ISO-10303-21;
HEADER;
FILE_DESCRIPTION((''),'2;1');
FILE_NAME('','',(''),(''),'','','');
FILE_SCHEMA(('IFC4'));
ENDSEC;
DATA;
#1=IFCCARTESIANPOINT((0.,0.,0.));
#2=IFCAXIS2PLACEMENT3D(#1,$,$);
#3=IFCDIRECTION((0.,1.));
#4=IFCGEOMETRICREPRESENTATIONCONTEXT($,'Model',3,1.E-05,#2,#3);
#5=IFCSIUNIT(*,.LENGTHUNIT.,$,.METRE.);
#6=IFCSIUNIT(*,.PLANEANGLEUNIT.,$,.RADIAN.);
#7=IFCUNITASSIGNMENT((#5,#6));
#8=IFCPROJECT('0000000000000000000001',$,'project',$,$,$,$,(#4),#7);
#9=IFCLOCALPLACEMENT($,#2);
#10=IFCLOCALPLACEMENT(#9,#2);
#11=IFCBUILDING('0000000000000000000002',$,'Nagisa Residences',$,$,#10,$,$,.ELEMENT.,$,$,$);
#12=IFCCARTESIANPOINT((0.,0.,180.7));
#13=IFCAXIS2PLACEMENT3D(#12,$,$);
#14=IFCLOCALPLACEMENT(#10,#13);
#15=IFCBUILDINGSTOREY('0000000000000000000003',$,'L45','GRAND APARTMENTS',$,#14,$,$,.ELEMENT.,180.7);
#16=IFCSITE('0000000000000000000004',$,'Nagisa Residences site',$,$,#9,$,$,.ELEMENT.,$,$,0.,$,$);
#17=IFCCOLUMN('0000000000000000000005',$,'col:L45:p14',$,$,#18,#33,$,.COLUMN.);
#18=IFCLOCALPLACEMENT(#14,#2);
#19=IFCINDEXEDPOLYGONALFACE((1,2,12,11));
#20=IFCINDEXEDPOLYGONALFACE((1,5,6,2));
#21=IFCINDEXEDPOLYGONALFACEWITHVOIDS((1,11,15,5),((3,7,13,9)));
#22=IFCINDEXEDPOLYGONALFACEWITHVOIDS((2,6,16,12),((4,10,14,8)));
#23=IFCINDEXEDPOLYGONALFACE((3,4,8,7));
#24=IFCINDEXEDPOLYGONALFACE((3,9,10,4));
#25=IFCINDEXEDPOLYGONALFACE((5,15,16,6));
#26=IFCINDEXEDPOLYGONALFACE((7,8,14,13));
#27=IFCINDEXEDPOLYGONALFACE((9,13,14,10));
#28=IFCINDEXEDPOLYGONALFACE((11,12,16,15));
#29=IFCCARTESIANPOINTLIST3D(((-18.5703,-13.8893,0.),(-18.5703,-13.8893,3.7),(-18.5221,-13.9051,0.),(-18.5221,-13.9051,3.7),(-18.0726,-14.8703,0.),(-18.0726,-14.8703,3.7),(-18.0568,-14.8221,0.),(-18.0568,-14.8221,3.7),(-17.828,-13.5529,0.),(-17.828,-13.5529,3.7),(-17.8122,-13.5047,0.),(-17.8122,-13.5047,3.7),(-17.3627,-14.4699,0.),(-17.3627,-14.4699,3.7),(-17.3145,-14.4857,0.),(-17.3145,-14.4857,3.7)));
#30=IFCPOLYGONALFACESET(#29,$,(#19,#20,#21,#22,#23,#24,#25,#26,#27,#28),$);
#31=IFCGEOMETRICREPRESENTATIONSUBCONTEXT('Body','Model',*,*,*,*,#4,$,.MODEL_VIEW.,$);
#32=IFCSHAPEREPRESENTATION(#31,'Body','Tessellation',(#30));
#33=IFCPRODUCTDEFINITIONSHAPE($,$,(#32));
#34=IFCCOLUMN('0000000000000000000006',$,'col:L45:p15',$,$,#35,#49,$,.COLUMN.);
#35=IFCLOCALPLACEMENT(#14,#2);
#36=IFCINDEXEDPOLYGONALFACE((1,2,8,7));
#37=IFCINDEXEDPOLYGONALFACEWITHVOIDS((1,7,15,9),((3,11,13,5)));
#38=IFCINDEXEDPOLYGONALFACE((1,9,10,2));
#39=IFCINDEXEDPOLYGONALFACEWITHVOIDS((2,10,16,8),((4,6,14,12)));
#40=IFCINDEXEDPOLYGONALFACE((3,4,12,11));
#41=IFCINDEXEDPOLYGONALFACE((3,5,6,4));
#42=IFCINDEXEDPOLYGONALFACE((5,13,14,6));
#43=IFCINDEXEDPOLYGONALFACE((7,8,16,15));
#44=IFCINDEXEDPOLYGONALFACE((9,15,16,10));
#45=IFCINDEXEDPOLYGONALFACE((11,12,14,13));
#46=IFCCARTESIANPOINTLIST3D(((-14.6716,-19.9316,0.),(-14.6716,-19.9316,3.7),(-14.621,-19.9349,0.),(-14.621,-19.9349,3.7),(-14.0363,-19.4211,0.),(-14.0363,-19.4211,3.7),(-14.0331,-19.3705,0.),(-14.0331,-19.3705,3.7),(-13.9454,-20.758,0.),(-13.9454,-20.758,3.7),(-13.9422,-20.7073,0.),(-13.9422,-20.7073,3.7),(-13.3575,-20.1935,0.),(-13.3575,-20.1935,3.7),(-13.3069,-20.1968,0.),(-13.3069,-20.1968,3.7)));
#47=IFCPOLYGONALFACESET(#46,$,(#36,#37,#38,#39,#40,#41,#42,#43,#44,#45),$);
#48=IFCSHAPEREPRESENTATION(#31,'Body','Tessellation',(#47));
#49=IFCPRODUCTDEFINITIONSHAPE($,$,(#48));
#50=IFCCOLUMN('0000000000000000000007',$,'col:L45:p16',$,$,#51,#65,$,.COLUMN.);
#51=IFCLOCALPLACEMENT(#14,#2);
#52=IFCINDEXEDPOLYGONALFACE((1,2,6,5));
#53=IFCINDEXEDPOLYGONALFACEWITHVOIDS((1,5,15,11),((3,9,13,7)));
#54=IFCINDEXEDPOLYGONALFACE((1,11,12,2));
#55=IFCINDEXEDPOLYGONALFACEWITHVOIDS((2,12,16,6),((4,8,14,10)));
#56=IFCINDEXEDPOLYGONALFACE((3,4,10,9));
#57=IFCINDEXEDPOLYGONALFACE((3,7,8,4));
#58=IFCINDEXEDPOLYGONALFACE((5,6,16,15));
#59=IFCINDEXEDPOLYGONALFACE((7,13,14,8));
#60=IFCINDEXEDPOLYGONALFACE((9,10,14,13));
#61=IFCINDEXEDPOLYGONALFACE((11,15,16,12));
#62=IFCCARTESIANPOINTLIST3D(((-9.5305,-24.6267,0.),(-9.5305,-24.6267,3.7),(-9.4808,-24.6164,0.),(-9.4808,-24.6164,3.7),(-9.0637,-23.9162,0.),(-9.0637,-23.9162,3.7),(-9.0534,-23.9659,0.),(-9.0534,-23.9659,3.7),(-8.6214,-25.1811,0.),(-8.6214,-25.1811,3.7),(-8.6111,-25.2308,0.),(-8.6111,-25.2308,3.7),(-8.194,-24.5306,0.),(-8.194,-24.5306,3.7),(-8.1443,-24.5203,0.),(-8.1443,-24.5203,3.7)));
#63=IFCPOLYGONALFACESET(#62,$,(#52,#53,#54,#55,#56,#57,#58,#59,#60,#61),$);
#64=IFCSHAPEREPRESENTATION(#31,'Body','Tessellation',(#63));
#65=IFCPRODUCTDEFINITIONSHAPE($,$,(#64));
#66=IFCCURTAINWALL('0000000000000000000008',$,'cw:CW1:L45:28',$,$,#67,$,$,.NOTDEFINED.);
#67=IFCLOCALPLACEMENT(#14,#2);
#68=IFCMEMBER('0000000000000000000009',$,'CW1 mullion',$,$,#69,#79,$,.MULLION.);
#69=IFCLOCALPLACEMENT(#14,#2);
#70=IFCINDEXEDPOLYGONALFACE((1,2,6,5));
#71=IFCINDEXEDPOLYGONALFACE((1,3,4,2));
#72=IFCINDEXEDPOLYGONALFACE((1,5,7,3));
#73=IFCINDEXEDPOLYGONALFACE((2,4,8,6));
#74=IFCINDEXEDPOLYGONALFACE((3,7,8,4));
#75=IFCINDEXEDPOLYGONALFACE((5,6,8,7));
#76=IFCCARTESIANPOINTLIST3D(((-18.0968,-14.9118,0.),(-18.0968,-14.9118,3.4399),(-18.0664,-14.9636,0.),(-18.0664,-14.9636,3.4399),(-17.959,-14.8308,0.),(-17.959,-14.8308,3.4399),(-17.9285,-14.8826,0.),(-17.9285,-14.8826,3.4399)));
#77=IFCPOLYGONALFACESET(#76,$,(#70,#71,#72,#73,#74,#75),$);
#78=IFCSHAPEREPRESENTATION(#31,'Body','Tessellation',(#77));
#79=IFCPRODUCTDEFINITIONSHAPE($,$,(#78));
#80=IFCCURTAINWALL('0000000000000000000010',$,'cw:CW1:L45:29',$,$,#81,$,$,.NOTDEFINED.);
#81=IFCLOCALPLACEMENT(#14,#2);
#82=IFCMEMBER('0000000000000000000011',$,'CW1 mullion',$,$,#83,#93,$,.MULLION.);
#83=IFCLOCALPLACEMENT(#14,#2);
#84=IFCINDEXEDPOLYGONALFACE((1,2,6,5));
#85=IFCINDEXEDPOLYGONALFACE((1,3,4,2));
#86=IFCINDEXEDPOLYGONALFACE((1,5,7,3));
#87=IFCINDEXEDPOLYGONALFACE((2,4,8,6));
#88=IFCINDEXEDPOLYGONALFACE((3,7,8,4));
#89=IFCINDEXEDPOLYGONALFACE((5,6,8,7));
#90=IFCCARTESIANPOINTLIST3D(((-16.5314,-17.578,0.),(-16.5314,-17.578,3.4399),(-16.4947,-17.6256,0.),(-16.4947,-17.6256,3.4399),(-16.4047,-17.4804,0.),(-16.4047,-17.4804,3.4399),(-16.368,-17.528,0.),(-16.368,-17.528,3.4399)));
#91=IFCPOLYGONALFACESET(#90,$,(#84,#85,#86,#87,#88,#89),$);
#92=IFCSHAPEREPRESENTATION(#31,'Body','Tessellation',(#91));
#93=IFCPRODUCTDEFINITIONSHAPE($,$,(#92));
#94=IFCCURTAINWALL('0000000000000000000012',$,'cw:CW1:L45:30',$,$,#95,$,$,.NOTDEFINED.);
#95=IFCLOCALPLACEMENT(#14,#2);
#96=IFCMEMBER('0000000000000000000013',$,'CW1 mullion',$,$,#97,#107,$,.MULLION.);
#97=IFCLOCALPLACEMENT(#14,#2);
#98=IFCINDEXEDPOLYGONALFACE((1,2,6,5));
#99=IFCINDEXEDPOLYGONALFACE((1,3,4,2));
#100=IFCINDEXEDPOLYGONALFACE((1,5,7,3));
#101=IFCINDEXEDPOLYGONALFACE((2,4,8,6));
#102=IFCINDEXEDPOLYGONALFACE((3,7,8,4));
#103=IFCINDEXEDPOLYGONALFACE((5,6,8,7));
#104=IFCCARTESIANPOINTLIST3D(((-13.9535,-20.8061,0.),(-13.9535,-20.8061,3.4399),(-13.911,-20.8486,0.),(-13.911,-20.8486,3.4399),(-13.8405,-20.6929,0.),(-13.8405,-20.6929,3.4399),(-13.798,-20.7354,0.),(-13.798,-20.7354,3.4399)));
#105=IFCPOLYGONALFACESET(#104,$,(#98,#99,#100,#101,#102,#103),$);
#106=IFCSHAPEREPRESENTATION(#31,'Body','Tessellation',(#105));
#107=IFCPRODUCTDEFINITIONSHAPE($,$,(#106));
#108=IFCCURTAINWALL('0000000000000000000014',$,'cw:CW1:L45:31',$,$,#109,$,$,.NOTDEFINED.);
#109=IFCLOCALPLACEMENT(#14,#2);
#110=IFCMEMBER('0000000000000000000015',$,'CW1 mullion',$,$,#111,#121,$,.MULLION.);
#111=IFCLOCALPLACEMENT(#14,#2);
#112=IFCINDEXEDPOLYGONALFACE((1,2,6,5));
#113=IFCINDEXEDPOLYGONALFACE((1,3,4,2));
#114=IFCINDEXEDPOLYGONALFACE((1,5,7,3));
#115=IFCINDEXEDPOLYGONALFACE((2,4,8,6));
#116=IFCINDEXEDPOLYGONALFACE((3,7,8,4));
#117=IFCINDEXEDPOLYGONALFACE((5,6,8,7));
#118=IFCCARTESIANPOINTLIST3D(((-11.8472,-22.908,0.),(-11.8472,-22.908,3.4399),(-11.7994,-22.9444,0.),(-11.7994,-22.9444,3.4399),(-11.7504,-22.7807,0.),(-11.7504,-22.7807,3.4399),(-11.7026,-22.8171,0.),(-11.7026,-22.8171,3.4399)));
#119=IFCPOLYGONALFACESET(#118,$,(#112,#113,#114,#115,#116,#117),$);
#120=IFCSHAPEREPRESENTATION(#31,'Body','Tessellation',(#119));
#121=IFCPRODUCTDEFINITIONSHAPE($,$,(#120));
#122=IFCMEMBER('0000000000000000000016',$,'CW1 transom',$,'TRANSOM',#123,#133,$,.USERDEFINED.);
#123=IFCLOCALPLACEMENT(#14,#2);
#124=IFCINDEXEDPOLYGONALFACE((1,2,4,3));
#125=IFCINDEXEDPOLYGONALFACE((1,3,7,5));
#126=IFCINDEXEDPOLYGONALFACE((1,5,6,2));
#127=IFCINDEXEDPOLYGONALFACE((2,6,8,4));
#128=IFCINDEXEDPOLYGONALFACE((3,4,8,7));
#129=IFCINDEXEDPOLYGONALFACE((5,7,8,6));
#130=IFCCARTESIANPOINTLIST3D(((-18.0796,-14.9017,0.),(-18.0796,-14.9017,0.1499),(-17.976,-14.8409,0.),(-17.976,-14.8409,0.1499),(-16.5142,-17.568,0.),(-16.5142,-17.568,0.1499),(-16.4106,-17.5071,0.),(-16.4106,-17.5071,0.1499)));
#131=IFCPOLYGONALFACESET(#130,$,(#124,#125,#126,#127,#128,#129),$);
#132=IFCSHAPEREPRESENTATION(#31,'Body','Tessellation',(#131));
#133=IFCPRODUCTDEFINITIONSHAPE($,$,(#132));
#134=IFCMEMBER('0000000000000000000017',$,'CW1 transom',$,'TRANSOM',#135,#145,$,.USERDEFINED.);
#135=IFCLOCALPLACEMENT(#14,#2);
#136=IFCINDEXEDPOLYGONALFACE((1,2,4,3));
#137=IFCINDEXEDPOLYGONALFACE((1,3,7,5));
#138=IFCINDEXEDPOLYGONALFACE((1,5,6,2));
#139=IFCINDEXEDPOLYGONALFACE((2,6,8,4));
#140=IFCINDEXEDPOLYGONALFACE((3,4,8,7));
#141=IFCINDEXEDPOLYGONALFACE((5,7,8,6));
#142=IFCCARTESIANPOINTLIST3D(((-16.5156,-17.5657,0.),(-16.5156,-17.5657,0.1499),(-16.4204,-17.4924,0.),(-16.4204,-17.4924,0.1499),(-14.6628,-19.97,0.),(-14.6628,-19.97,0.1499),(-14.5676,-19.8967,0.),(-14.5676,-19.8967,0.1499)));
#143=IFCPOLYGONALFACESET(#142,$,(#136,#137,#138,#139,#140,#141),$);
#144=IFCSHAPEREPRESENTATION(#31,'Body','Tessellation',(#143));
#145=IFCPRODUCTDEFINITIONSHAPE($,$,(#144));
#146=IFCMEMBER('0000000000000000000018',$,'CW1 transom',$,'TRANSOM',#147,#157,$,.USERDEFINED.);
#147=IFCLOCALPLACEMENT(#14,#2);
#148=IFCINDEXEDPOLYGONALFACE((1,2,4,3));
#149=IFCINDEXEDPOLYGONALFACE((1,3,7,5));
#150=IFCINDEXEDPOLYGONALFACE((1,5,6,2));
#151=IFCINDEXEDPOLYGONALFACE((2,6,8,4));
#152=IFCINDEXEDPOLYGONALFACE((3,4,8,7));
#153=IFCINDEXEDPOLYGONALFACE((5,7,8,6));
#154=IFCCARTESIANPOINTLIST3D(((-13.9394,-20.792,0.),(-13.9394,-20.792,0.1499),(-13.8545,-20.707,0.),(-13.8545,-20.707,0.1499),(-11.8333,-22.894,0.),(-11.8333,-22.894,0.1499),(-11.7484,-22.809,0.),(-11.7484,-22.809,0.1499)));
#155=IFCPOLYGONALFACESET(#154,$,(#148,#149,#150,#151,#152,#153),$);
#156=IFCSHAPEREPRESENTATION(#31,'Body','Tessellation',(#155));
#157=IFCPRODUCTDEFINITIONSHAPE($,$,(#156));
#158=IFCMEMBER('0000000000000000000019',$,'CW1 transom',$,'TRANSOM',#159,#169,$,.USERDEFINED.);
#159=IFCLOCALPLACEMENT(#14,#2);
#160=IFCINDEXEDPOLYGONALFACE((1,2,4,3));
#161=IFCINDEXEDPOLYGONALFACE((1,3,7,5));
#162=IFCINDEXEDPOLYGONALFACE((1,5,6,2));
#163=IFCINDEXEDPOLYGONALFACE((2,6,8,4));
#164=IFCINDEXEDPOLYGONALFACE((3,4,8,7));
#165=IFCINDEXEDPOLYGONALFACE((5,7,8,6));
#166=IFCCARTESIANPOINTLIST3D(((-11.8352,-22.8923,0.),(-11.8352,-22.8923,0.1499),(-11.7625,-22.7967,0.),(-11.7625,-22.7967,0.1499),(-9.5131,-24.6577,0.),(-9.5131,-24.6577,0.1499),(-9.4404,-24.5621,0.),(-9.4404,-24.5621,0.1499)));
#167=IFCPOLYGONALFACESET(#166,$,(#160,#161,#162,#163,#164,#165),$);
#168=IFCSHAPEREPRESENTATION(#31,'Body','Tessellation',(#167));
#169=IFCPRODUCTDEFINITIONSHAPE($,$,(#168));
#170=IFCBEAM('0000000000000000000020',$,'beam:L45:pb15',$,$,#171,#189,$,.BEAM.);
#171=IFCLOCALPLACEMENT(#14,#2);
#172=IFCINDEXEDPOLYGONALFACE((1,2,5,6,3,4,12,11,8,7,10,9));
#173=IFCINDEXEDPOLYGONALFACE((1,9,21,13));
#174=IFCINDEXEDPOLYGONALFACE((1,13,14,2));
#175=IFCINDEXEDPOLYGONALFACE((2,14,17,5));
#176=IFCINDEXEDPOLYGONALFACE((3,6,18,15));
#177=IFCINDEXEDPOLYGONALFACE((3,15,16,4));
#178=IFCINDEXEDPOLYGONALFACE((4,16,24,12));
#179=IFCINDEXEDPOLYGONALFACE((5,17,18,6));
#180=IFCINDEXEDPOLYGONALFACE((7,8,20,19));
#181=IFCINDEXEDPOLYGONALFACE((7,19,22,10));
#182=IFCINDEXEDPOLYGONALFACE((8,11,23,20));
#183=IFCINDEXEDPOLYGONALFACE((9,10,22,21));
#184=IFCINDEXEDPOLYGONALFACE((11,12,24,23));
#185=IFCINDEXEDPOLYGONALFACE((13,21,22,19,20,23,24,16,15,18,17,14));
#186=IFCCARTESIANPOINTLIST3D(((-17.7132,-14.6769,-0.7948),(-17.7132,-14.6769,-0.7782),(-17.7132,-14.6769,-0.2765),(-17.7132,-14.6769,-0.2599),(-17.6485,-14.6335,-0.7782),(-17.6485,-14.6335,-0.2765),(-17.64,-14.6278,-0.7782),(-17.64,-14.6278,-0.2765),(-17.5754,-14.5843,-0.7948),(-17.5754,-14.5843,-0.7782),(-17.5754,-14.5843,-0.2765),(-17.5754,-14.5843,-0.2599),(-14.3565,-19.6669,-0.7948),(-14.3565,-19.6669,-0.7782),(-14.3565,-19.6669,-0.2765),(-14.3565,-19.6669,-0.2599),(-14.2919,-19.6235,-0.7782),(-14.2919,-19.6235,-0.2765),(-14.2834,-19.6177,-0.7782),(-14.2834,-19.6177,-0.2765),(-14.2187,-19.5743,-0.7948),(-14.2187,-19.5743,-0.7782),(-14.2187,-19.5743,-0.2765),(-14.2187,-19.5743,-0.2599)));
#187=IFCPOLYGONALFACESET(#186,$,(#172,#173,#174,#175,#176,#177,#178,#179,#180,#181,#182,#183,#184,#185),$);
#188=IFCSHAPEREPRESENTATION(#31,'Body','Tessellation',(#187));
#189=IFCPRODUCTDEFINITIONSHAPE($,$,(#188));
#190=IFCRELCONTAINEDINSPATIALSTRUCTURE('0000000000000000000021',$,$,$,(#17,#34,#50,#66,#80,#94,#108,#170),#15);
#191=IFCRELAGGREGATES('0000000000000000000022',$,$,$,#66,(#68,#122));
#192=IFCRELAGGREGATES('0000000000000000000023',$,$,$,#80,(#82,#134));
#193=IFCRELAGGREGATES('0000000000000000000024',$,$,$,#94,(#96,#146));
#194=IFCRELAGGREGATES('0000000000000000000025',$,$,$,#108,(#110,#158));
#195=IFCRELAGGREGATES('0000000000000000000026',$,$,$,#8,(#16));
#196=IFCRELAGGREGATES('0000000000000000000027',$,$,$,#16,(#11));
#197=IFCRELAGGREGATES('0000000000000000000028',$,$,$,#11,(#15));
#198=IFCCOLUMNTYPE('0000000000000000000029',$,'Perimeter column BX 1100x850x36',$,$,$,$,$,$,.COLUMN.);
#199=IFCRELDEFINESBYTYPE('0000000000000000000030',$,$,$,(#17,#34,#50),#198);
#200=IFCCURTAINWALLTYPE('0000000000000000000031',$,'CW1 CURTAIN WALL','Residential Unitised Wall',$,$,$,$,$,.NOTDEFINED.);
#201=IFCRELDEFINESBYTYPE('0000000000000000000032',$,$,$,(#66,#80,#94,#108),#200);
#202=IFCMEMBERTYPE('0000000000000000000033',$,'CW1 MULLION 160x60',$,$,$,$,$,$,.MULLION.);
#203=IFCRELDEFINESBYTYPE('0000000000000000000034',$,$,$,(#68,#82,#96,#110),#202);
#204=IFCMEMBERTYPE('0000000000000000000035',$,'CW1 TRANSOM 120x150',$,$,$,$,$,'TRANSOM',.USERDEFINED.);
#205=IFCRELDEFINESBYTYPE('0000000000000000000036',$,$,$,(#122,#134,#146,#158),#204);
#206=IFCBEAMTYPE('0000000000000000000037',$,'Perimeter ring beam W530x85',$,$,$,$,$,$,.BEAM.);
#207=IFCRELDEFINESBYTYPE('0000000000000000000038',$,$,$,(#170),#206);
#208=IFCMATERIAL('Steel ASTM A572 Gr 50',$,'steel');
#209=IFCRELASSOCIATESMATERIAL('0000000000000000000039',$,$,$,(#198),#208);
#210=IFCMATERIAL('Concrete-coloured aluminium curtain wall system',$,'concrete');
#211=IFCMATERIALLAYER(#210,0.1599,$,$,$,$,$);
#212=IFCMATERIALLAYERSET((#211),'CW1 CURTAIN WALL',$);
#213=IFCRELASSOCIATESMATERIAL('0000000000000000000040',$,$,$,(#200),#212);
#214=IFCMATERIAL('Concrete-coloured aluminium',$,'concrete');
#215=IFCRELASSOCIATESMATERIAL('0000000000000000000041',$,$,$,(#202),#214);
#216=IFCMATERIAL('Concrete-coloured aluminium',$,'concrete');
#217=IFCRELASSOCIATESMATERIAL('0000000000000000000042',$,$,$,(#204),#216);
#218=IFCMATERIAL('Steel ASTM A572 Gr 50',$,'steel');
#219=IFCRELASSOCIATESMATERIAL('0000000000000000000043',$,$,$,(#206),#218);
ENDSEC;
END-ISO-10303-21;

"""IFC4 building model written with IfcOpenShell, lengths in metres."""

from ifc_helpers import new_model, si_unit, direction, frame, origin, origin_2d, place, context, subcontext, project, spatial, rectangle, hollow_rectangle, i_section, extrude, material, layer, layer_set, material_profile, profile_set, type_object, element, aggregate, save


model = new_model("IFC4")

# Units and contexts
model_context = context("Model", 3, precision=1e-05, world=origin(), true_north=direction((0.0, 1.0)))
body_context = subcontext(model_context, "Body", "Model", "MODEL_VIEW")
ifc_project = project(units=[si_unit("LENGTHUNIT", "METRE"), si_unit("PLANEANGLEUNIT", "RADIAN")], contexts=[model_context])

# Site, building, storey
site_placement = place(None, origin())
site = spatial("IfcSite", under=ifc_project, at=site_placement, Name="Nagisa Residences site", CompositionType="ELEMENT", RefElevation=0.0)
building_placement = place(site_placement, origin())
building = spatial("IfcBuilding", under=site, at=building_placement, Name="Nagisa Residences", CompositionType="ELEMENT")
storey_placement = place(building_placement, frame((0.0, 0.0, 180.7)))
storey = spatial("IfcBuildingStorey", under=building, at=storey_placement, Name="L45", Description="GRAND APARTMENTS", CompositionType="ELEMENT", Elevation=180.7)

# Columns
ifc_material_1 = material(Name="Steel ASTM A572 Gr 50", Category="steel")
ifc_material_profile_1 = material_profile(ifc_material_1, hollow_rectangle(XDim=1.1001, YDim=0.8501, WallThickness=0.0359, at=origin_2d()), Name="BX 1100x850x36")
ifc_profile_set_1 = profile_set([ifc_material_profile_1], Name="Steel ASTM A572 Gr 50")
column_type = type_object("IfcColumnType", Name="Perimeter column BX 1100x850x36", PredefinedType="COLUMN", material=ifc_profile_set_1)
for number, where, z_axis, x_axis, name in (
    (1, (-17.9424, -14.1875, 0.0), (0.0, 0.0, 1.0), (0.452463, -0.891783, 0.0), "col:L45:p14"),
    (2, (-13.9893, -20.0642, 0.0), (0.0, 0.0, 1.0), (0.660115, -0.751165, 0.0), "col:L45:p15"),
    (3, (-8.8374, -24.5735, 0.0), (0.0, 0.0, 1.0), (0.835766, -0.549086, 0.0), "col:L45:p16"),
):
    element("IfcColumn", number, at=place(storey_placement, frame(where, z_axis=z_axis, x_axis=x_axis)), inside=storey, type_object=column_type, Name=name, PredefinedType="COLUMN", context=body_context, shape_type="SweptSolid", body=[
        extrude(hollow_rectangle(XDim=1.1001, YDim=0.8501, WallThickness=0.0359, at=origin_2d()), origin(), (0.0, 0.0, 1.0), 3.7),
    ])

# Curtain walls, members
ifc_material_2 = material(Name="Concrete-coloured aluminium curtain wall system", Category="concrete")
ifc_layer_1 = layer(ifc_material_2, 0.1599)
ifc_layer_set_1 = layer_set([ifc_layer_1], Name="CW1 CURTAIN WALL")
curtain_wall_type = type_object("IfcCurtainWallType", Name="CW1 CURTAIN WALL", Description="Residential Unitised Wall", PredefinedType="NOTDEFINED", material=ifc_layer_set_1)
curtain_wall_1_placement = place(storey_placement, origin())
curtain_wall_1 = element("IfcCurtainWall", 4, at=curtain_wall_1_placement, inside=storey, type_object=curtain_wall_type, Name="cw:CW1:L45:28", PredefinedType="NOTDEFINED")
ifc_material_3 = material(Name="Concrete-coloured aluminium", Category="concrete")
ifc_material_profile_2 = material_profile(ifc_material_3, rectangle(XDim=0.1599, YDim=0.0601, at=origin_2d()), Name="CW1 MULLION 160x60")
ifc_profile_set_2 = profile_set([ifc_material_profile_2], Name="Concrete-coloured aluminium")
member_type_1 = type_object("IfcMemberType", Name="CW1 MULLION 160x60", PredefinedType="MULLION", material=ifc_profile_set_2)
member_1_placement = place(storey_placement, frame((-18.0127, -14.8972, 0.0), z_axis=(0.0, 0.0, 1.0), x_axis=(0.862329, 0.506349, 0.0)))
member_1 = element("IfcMember", 5, at=member_1_placement, type_object=member_type_1, Name="CW1 mullion", PredefinedType="MULLION", context=body_context, shape_type="SweptSolid", body=[
    extrude(rectangle(XDim=0.1599, YDim=0.0601, at=origin_2d()), origin(), (0.0, 0.0, 1.0), 3.4399),
])
curtain_wall_2_placement = place(storey_placement, origin())
curtain_wall_2 = element("IfcCurtainWall", 6, at=curtain_wall_2_placement, inside=storey, type_object=curtain_wall_type, Name="cw:CW1:L45:29", PredefinedType="NOTDEFINED")
member_2_placement = place(storey_placement, frame((-16.4497, -17.553, 0.0), z_axis=(0.0, 0.0, 1.0), x_axis=(0.79207, 0.61043, 0.0)))
member_2 = element("IfcMember", 7, at=member_2_placement, type_object=member_type_1, Name="CW1 mullion", PredefinedType="MULLION", context=body_context, shape_type="SweptSolid", body=[
    extrude(rectangle(XDim=0.1599, YDim=0.0601, at=origin_2d()), origin(), (0.0, 0.0, 1.0), 3.4399),
])
curtain_wall_3_placement = place(storey_placement, origin())
curtain_wall_3 = element("IfcCurtainWall", 8, at=curtain_wall_3_placement, inside=storey, type_object=curtain_wall_type, Name="cw:CW1:L45:30", PredefinedType="NOTDEFINED")
member_3_placement = place(storey_placement, frame((-13.8757, -20.7708, 0.0), z_axis=(0.0, 0.0, 1.0), x_axis=(0.706377, 0.707836, 0.0)))
member_3 = element("IfcMember", 9, at=member_3_placement, type_object=member_type_1, Name="CW1 mullion", PredefinedType="MULLION", context=body_context, shape_type="SweptSolid", body=[
    extrude(rectangle(XDim=0.1599, YDim=0.0601, at=origin_2d()), origin(), (0.0, 0.0, 1.0), 3.4399),
])
curtain_wall_4_placement = place(storey_placement, origin())
curtain_wall_4 = element("IfcCurtainWall", 10, at=curtain_wall_4_placement, inside=storey, type_object=curtain_wall_type, Name="cw:CW1:L45:31", PredefinedType="NOTDEFINED")
member_4_placement = place(storey_placement, frame((-11.7749, -22.8625, 0.0), z_axis=(0.0, 0.0, 1.0), x_axis=(0.605255, 0.796031, 0.0)))
member_4 = element("IfcMember", 11, at=member_4_placement, type_object=member_type_1, Name="CW1 mullion", PredefinedType="MULLION", context=body_context, shape_type="SweptSolid", body=[
    extrude(rectangle(XDim=0.1599, YDim=0.0601, at=origin_2d()), origin(), (0.0, 0.0, 1.0), 3.4399),
])

# Members
ifc_material_4 = material(Name="Concrete-coloured aluminium", Category="concrete")
ifc_material_profile_3 = material_profile(ifc_material_4, rectangle(XDim=0.1201, YDim=0.1499, at=origin_2d()), Name="CW1 TRANSOM 120x150")
ifc_profile_set_3 = profile_set([ifc_material_profile_3], Name="Concrete-coloured aluminium")
member_type_2 = type_object("IfcMemberType", Name="CW1 TRANSOM 120x150", ElementType="TRANSOM", PredefinedType="USERDEFINED", material=ifc_profile_set_3)
member_5_placement = place(storey_placement, frame((-18.0278, -14.8713, 0.075), z_axis=(0.506309, -0.862352, 0.0), x_axis=(0.862352, 0.506309, 0.0)))
member_5 = element("IfcMember", 12, at=member_5_placement, type_object=member_type_2, Name="CW1 transom", ObjectType="TRANSOM", PredefinedType="USERDEFINED", context=body_context, shape_type="SweptSolid", body=[
    extrude(rectangle(XDim=0.1201, YDim=0.1499, at=origin_2d()), origin(), (0.0, 0.0, 1.0), 3.0918),
])
member_6_placement = place(storey_placement, frame((-16.468, -17.5291, 0.075), z_axis=(0.610399, -0.792094, 0.0), x_axis=(0.792094, 0.610399, 0.0)))
member_6 = element("IfcMember", 13, at=member_6_placement, type_object=member_type_2, Name="CW1 transom", ObjectType="TRANSOM", PredefinedType="USERDEFINED", context=body_context, shape_type="SweptSolid", body=[
    extrude(rectangle(XDim=0.1201, YDim=0.1499, at=origin_2d()), origin(), (0.0, 0.0, 1.0), 3.0354),
])
member_7_placement = place(storey_placement, frame((-13.897, -20.7495, 0.075), z_axis=(0.707804, -0.706409, 0.0), x_axis=(0.706409, 0.707804, 0.0)))
member_7 = element("IfcMember", 14, at=member_7_placement, type_object=member_type_2, Name="CW1 transom", ObjectType="TRANSOM", PredefinedType="USERDEFINED", context=body_context, shape_type="SweptSolid", body=[
    extrude(rectangle(XDim=0.1201, YDim=0.1499, at=origin_2d()), origin(), (0.0, 0.0, 1.0), 2.9756),
])
member_8_placement = place(storey_placement, frame((-11.7988, -22.8445, 0.075), z_axis=(0.796056, -0.605223, 0.0), x_axis=(0.605223, 0.796056, 0.0)))
member_8 = element("IfcMember", 15, at=member_8_placement, type_object=member_type_2, Name="CW1 transom", ObjectType="TRANSOM", PredefinedType="USERDEFINED", context=body_context, shape_type="SweptSolid", body=[
    extrude(rectangle(XDim=0.1201, YDim=0.1499, at=origin_2d()), origin(), (0.0, 0.0, 1.0), 2.917),
])

# Beam
ifc_material_5 = material(Name="Steel ASTM A572 Gr 50", Category="steel")
ifc_material_profile_4 = material_profile(ifc_material_5, i_section(OverallWidth=0.166, OverallDepth=0.5349, WebThickness=0.0103, FlangeThickness=0.0166, at=origin_2d()), Name="W530x85")
ifc_profile_set_4 = profile_set([ifc_material_profile_4], Name="Steel ASTM A572 Gr 50")
beam_type_1 = type_object("IfcBeamType", Name="Perimeter ring beam W530x85", PredefinedType="BEAM", material=ifc_profile_set_4)
beam_1_placement = place(storey_placement, frame((-17.6443, -14.6306, -0.5273), z_axis=(0.558152, -0.829739, 0.0), x_axis=(0.829739, 0.558152, 0.0)))
element("IfcBeam", 16, at=beam_1_placement, inside=storey, type_object=beam_type_1, Name="beam:L45:pb15", PredefinedType="BEAM", context=body_context, shape_type="SweptSolid", body=[
    extrude(i_section(OverallWidth=0.166, OverallDepth=0.5349, WebThickness=0.0103, FlangeThickness=0.0166, at=origin_2d()), origin(), (0.0, 0.0, 1.0), 6.0139),
])

aggregate(curtain_wall_1, [member_1, member_5])
aggregate(curtain_wall_2, [member_2, member_6])
aggregate(curtain_wall_3, [member_3, member_7])
aggregate(curtain_wall_4, [member_4, member_8])

save(model, "model.ifc")
